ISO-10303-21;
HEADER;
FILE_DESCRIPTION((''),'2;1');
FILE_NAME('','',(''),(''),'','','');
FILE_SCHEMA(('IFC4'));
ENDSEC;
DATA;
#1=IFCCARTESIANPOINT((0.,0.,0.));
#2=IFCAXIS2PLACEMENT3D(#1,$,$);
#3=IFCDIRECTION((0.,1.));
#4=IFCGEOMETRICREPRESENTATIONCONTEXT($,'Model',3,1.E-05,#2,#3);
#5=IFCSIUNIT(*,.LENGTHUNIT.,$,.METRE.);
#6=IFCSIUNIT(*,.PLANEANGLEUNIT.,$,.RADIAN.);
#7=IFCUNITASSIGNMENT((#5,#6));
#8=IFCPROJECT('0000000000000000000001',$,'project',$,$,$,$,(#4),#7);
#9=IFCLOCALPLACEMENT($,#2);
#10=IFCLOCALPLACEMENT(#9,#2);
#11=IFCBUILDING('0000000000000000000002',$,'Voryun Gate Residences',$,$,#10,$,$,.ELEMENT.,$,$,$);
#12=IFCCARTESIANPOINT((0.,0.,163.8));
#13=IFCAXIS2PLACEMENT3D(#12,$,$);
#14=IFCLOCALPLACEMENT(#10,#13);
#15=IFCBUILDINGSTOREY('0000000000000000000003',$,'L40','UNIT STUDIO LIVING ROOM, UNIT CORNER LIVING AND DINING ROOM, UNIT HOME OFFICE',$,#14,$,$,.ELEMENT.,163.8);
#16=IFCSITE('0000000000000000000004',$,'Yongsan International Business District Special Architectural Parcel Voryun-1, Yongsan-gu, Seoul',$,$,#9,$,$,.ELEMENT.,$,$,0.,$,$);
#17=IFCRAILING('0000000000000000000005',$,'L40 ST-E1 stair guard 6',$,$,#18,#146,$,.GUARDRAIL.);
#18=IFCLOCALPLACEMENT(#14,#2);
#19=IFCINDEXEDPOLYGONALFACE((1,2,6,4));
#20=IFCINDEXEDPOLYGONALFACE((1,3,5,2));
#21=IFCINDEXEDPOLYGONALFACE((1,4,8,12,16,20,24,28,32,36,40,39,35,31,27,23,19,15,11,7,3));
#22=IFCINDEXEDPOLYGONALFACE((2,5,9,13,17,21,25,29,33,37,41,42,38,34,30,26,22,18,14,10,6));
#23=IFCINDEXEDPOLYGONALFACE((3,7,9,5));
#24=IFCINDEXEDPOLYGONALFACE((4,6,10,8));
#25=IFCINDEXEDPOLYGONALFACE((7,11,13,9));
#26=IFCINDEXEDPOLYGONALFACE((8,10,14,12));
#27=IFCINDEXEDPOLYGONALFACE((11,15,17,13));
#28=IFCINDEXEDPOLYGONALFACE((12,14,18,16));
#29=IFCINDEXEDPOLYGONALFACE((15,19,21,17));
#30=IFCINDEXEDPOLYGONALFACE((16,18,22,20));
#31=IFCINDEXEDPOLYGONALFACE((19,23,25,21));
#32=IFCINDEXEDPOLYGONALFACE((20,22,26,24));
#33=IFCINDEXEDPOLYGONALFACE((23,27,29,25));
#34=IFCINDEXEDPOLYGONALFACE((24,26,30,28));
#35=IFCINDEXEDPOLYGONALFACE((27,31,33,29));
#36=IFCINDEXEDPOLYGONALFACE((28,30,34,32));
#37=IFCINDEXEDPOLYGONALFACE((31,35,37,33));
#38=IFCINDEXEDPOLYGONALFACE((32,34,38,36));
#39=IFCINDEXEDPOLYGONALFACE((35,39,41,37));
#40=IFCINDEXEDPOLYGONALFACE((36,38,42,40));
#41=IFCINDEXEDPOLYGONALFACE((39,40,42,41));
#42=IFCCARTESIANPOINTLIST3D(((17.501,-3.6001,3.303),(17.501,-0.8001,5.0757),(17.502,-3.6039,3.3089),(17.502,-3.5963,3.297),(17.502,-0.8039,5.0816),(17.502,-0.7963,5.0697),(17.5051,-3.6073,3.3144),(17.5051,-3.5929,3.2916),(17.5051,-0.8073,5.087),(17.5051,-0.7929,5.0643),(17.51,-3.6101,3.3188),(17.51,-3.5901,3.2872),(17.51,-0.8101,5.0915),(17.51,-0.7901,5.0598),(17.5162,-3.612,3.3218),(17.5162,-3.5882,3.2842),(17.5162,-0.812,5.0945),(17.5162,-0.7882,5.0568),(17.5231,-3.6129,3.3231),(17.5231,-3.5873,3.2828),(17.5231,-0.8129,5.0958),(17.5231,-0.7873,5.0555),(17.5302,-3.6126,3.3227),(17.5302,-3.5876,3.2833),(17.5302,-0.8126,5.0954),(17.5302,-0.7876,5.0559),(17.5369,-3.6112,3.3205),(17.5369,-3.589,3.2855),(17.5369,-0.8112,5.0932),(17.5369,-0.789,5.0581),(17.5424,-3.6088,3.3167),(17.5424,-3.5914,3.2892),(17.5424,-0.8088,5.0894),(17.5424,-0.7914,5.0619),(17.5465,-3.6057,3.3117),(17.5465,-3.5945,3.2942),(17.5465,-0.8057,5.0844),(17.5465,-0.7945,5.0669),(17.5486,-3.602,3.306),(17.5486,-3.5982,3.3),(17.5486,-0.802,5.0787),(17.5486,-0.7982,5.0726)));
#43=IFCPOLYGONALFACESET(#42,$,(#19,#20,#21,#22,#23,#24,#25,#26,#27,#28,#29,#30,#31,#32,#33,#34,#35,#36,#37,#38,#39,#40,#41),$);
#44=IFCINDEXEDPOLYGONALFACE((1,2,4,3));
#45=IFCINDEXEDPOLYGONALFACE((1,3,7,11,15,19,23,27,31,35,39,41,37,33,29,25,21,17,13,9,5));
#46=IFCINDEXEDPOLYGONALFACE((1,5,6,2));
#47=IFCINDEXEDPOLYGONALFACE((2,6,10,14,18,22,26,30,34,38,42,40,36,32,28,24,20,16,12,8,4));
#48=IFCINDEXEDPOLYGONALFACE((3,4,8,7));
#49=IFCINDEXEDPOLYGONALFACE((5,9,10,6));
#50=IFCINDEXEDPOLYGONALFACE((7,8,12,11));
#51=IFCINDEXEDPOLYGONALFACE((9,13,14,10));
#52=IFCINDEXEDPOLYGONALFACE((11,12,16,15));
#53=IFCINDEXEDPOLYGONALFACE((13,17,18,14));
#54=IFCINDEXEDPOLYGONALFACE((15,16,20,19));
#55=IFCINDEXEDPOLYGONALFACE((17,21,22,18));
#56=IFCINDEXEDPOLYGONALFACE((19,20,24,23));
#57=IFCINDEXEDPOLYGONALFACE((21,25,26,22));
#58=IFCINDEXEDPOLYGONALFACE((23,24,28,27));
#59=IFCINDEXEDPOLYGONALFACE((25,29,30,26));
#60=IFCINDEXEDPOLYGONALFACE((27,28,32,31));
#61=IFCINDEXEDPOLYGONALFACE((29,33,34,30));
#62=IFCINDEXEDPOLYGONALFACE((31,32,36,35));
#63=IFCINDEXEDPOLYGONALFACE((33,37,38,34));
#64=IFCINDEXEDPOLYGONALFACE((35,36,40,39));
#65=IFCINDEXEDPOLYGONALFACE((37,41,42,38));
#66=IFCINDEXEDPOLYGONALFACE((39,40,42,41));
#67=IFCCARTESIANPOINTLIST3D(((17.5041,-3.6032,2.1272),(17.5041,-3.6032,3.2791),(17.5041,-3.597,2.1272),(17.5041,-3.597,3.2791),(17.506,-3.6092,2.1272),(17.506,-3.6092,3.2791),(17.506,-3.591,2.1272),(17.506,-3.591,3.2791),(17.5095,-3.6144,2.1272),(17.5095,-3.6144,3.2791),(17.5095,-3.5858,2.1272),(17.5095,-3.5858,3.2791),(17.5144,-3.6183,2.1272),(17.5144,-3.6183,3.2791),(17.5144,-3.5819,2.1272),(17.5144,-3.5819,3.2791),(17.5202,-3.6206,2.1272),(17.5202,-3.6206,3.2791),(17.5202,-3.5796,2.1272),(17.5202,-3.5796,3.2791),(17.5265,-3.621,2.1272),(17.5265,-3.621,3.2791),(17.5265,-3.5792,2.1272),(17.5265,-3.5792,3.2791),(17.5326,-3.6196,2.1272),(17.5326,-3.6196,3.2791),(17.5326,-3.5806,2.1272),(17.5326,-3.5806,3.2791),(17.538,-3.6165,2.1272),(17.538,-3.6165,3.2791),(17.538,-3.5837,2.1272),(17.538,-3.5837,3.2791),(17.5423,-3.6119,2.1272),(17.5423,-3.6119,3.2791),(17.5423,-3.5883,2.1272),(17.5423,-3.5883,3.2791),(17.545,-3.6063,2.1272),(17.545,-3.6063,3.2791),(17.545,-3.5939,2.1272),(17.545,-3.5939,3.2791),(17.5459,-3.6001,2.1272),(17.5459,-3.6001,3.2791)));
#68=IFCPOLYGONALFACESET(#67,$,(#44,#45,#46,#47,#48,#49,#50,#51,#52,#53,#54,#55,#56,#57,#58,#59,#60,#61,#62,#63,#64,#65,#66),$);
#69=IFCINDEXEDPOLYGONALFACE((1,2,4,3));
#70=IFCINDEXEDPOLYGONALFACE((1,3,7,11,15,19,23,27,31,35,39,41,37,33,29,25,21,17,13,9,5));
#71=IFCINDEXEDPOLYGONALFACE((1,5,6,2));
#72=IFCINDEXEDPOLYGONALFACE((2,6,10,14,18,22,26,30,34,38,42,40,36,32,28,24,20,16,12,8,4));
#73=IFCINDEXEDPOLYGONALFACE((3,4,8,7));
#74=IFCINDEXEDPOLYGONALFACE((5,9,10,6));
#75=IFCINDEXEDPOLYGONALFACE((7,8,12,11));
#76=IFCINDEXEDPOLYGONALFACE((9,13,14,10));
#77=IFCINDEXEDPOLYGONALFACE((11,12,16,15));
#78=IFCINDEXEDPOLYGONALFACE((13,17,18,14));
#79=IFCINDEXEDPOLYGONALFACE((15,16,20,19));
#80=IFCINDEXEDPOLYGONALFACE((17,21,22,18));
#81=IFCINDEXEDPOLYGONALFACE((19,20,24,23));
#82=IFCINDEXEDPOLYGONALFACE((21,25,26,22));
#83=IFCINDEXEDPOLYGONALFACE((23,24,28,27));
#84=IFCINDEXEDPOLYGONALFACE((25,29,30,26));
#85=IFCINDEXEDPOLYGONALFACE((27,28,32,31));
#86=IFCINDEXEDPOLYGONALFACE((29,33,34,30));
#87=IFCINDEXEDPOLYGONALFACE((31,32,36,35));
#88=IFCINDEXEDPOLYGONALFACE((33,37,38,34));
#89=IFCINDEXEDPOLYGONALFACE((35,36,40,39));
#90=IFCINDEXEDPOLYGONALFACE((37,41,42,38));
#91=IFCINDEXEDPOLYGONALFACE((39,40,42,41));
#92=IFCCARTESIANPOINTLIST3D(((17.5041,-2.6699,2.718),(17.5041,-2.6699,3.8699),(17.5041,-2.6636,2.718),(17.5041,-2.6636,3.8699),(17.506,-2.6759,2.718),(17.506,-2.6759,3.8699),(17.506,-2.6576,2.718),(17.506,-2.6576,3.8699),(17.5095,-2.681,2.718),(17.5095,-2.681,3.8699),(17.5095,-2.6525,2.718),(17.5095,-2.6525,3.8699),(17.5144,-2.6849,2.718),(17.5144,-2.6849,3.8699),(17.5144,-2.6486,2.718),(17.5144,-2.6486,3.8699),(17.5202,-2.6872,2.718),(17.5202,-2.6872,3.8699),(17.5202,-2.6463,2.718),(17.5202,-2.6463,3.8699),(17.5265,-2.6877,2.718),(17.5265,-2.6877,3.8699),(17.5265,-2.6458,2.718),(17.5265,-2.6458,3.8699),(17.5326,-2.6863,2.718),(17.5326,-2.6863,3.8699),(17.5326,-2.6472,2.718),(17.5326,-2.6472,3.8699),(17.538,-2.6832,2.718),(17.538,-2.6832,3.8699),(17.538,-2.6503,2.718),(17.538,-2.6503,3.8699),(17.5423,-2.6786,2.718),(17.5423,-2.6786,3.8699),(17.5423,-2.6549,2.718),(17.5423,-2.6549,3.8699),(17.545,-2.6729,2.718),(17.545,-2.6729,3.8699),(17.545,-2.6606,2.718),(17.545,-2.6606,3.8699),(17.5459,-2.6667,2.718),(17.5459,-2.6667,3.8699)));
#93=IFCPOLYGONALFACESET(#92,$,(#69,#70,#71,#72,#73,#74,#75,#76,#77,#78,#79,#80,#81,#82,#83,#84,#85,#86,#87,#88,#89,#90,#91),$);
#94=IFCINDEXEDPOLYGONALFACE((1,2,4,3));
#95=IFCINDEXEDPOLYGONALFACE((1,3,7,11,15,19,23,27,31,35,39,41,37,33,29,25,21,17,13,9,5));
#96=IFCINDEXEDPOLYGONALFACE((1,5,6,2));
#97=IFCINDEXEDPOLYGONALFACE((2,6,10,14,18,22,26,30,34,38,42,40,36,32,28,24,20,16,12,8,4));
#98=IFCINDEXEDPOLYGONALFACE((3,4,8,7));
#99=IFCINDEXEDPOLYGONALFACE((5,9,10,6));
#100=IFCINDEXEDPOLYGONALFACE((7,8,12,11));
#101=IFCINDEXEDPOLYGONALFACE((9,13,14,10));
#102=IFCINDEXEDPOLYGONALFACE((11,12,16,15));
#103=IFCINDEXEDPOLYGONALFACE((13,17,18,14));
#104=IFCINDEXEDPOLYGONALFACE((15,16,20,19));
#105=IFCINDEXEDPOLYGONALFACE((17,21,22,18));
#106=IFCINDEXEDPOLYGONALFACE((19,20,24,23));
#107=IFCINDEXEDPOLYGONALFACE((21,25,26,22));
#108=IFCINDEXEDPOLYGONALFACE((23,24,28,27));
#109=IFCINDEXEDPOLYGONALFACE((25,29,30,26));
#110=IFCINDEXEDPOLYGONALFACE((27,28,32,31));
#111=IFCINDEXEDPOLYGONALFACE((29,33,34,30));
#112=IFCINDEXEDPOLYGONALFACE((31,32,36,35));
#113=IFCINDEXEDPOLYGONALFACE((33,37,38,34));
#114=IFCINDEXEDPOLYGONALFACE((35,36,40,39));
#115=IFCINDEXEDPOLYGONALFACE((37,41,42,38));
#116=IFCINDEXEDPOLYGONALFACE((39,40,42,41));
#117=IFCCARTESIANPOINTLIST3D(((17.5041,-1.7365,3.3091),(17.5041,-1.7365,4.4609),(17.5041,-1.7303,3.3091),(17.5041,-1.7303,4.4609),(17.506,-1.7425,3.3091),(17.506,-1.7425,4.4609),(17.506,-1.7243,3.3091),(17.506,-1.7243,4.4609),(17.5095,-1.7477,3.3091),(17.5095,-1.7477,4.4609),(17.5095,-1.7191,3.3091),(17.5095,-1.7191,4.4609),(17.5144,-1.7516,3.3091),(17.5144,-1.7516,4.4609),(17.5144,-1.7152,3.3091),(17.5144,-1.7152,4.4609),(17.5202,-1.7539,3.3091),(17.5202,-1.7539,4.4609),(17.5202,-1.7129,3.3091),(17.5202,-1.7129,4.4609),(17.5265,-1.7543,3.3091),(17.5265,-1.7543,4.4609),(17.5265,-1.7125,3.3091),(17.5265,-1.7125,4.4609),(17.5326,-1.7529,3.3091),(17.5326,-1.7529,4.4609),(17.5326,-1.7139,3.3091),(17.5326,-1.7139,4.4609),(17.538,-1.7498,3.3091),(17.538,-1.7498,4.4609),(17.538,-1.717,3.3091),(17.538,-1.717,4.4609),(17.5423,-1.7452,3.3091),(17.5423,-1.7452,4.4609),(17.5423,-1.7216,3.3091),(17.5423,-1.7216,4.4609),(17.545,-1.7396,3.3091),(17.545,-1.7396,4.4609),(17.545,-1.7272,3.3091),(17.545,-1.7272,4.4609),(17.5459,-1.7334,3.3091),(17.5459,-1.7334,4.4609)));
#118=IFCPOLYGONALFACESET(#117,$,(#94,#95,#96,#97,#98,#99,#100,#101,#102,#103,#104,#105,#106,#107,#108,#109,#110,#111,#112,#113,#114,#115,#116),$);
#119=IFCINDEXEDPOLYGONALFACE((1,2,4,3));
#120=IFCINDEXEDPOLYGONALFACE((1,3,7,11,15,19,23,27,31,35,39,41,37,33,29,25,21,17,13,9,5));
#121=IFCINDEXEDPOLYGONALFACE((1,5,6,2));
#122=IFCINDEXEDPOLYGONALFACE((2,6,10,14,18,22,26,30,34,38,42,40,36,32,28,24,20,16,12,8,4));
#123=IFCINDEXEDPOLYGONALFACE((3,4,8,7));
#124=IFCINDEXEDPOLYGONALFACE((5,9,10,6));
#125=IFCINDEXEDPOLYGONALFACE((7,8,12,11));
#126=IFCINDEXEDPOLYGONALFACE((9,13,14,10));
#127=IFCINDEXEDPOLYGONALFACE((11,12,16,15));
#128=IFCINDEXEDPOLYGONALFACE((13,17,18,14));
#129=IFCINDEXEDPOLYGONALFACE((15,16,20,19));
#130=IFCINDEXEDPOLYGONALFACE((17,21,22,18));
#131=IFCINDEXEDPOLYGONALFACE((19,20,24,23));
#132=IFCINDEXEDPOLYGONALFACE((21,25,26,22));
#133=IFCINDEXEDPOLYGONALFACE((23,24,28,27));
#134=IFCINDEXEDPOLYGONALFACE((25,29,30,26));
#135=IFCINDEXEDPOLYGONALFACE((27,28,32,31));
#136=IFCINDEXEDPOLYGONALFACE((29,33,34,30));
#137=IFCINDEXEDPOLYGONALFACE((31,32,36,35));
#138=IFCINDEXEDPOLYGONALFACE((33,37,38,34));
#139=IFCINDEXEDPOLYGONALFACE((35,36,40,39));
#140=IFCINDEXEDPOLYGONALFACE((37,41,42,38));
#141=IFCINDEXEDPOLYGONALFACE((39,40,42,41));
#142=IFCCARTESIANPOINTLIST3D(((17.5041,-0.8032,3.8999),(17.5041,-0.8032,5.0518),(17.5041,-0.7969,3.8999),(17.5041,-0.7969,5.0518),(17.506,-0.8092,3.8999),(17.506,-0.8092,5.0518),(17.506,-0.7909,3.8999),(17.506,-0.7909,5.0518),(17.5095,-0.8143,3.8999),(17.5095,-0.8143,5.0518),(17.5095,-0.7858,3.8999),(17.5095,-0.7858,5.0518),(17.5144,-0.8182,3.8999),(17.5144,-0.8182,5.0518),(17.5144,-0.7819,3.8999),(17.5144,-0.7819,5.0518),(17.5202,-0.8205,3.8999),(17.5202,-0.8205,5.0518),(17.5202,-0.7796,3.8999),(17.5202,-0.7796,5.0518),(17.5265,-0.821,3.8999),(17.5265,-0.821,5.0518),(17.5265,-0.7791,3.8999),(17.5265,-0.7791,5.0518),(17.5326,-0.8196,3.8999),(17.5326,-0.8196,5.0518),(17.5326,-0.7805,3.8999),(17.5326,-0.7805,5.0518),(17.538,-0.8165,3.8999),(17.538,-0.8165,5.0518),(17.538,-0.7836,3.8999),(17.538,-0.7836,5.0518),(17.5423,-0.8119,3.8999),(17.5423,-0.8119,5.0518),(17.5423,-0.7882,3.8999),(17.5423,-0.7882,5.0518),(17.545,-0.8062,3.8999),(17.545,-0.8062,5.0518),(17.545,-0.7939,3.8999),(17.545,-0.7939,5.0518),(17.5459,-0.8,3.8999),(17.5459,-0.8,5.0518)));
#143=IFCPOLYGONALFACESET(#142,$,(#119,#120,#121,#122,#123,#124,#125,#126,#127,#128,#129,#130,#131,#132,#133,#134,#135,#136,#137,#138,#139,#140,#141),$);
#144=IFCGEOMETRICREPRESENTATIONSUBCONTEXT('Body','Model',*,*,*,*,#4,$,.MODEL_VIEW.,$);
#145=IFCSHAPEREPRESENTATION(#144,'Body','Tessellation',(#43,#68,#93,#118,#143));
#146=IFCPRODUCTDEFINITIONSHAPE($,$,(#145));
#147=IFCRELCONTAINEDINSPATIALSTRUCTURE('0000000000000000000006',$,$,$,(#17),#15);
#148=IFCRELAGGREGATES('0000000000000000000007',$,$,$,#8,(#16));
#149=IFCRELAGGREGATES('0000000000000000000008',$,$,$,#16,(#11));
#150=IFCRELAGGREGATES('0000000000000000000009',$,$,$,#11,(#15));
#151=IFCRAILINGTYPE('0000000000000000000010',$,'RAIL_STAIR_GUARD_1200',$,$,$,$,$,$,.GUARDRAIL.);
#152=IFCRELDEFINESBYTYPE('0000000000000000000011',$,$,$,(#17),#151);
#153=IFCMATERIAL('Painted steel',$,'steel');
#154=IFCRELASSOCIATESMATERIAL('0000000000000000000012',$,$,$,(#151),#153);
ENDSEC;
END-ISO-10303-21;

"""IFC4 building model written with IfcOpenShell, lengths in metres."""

from ifc_helpers import new_model, si_unit, direction, frame, origin, origin_2d, place, context, subcontext, project, spatial, circle, extrude, material, type_object, element, save


model = new_model("IFC4")

# Units and contexts
model_context = context("Model", 3, precision=1e-05, world=origin(), true_north=direction((0.0, 1.0)))
body_context = subcontext(model_context, "Body", "Model", "MODEL_VIEW")
ifc_project = project(units=[si_unit("LENGTHUNIT", "METRE"), si_unit("PLANEANGLEUNIT", "RADIAN")], contexts=[model_context])

# Site, building, storey
site_placement = place(None, origin())
site = spatial("IfcSite", under=ifc_project, at=site_placement, Name="Yongsan International Business District Special Architectural Parcel Voryun-1, Yongsan-gu, Seoul", CompositionType="ELEMENT", RefElevation=0.0)
building_placement = place(site_placement, origin())
building = spatial("IfcBuilding", under=site, at=building_placement, Name="Voryun Gate Residences", CompositionType="ELEMENT")
storey_placement = place(building_placement, frame((0.0, 0.0, 163.8)))
storey = spatial("IfcBuildingStorey", under=building, at=storey_placement, Name="L40", Description="UNIT STUDIO LIVING ROOM, UNIT CORNER LIVING AND DINING ROOM, UNIT HOME OFFICE", CompositionType="ELEMENT", Elevation=163.8)

# Railing
ifc_material_1 = material(Name="Painted steel", Category="steel")
railing_type_1 = type_object("IfcRailingType", Name="RAIL_STAIR_GUARD_1200", PredefinedType="GUARDRAIL", material=ifc_material_1)
railing_1_placement = place(storey_placement, frame((17.5249, -3.6001, 2.1272)))
element("IfcRailing", 1, at=railing_1_placement, inside=storey, type_object=railing_type_1, Name="L40 ST-E1 stair guard 6", PredefinedType="GUARDRAIL", context=body_context, shape_type="SweptSolid", body=[
    extrude(circle(Radius=0.0239, at=origin_2d()), frame((0.0, 0.0, 1.1758), z_axis=(0.0, 0.844909, 0.53491), x_axis=(-1.0, 0.0, 0.0)), (0.0, 0.0, 1.0), 3.314),
    extrude(circle(Radius=0.021, at=origin_2d()), origin(), (0.0, 0.0, 1.0), 1.1519),
    extrude(circle(Radius=0.021, at=origin_2d()), frame((0.0, 0.9333, 0.5908)), (0.0, 0.0, 1.0), 1.1519),
    extrude(circle(Radius=0.021, at=origin_2d()), frame((0.0, 1.8667, 1.1819)), (0.0, 0.0, 1.0), 1.1519),
    extrude(circle(Radius=0.021, at=origin_2d()), frame((0.0, 2.8, 1.7727)), (0.0, 0.0, 1.0), 1.1519),
])

save(model, "model.ifc")
